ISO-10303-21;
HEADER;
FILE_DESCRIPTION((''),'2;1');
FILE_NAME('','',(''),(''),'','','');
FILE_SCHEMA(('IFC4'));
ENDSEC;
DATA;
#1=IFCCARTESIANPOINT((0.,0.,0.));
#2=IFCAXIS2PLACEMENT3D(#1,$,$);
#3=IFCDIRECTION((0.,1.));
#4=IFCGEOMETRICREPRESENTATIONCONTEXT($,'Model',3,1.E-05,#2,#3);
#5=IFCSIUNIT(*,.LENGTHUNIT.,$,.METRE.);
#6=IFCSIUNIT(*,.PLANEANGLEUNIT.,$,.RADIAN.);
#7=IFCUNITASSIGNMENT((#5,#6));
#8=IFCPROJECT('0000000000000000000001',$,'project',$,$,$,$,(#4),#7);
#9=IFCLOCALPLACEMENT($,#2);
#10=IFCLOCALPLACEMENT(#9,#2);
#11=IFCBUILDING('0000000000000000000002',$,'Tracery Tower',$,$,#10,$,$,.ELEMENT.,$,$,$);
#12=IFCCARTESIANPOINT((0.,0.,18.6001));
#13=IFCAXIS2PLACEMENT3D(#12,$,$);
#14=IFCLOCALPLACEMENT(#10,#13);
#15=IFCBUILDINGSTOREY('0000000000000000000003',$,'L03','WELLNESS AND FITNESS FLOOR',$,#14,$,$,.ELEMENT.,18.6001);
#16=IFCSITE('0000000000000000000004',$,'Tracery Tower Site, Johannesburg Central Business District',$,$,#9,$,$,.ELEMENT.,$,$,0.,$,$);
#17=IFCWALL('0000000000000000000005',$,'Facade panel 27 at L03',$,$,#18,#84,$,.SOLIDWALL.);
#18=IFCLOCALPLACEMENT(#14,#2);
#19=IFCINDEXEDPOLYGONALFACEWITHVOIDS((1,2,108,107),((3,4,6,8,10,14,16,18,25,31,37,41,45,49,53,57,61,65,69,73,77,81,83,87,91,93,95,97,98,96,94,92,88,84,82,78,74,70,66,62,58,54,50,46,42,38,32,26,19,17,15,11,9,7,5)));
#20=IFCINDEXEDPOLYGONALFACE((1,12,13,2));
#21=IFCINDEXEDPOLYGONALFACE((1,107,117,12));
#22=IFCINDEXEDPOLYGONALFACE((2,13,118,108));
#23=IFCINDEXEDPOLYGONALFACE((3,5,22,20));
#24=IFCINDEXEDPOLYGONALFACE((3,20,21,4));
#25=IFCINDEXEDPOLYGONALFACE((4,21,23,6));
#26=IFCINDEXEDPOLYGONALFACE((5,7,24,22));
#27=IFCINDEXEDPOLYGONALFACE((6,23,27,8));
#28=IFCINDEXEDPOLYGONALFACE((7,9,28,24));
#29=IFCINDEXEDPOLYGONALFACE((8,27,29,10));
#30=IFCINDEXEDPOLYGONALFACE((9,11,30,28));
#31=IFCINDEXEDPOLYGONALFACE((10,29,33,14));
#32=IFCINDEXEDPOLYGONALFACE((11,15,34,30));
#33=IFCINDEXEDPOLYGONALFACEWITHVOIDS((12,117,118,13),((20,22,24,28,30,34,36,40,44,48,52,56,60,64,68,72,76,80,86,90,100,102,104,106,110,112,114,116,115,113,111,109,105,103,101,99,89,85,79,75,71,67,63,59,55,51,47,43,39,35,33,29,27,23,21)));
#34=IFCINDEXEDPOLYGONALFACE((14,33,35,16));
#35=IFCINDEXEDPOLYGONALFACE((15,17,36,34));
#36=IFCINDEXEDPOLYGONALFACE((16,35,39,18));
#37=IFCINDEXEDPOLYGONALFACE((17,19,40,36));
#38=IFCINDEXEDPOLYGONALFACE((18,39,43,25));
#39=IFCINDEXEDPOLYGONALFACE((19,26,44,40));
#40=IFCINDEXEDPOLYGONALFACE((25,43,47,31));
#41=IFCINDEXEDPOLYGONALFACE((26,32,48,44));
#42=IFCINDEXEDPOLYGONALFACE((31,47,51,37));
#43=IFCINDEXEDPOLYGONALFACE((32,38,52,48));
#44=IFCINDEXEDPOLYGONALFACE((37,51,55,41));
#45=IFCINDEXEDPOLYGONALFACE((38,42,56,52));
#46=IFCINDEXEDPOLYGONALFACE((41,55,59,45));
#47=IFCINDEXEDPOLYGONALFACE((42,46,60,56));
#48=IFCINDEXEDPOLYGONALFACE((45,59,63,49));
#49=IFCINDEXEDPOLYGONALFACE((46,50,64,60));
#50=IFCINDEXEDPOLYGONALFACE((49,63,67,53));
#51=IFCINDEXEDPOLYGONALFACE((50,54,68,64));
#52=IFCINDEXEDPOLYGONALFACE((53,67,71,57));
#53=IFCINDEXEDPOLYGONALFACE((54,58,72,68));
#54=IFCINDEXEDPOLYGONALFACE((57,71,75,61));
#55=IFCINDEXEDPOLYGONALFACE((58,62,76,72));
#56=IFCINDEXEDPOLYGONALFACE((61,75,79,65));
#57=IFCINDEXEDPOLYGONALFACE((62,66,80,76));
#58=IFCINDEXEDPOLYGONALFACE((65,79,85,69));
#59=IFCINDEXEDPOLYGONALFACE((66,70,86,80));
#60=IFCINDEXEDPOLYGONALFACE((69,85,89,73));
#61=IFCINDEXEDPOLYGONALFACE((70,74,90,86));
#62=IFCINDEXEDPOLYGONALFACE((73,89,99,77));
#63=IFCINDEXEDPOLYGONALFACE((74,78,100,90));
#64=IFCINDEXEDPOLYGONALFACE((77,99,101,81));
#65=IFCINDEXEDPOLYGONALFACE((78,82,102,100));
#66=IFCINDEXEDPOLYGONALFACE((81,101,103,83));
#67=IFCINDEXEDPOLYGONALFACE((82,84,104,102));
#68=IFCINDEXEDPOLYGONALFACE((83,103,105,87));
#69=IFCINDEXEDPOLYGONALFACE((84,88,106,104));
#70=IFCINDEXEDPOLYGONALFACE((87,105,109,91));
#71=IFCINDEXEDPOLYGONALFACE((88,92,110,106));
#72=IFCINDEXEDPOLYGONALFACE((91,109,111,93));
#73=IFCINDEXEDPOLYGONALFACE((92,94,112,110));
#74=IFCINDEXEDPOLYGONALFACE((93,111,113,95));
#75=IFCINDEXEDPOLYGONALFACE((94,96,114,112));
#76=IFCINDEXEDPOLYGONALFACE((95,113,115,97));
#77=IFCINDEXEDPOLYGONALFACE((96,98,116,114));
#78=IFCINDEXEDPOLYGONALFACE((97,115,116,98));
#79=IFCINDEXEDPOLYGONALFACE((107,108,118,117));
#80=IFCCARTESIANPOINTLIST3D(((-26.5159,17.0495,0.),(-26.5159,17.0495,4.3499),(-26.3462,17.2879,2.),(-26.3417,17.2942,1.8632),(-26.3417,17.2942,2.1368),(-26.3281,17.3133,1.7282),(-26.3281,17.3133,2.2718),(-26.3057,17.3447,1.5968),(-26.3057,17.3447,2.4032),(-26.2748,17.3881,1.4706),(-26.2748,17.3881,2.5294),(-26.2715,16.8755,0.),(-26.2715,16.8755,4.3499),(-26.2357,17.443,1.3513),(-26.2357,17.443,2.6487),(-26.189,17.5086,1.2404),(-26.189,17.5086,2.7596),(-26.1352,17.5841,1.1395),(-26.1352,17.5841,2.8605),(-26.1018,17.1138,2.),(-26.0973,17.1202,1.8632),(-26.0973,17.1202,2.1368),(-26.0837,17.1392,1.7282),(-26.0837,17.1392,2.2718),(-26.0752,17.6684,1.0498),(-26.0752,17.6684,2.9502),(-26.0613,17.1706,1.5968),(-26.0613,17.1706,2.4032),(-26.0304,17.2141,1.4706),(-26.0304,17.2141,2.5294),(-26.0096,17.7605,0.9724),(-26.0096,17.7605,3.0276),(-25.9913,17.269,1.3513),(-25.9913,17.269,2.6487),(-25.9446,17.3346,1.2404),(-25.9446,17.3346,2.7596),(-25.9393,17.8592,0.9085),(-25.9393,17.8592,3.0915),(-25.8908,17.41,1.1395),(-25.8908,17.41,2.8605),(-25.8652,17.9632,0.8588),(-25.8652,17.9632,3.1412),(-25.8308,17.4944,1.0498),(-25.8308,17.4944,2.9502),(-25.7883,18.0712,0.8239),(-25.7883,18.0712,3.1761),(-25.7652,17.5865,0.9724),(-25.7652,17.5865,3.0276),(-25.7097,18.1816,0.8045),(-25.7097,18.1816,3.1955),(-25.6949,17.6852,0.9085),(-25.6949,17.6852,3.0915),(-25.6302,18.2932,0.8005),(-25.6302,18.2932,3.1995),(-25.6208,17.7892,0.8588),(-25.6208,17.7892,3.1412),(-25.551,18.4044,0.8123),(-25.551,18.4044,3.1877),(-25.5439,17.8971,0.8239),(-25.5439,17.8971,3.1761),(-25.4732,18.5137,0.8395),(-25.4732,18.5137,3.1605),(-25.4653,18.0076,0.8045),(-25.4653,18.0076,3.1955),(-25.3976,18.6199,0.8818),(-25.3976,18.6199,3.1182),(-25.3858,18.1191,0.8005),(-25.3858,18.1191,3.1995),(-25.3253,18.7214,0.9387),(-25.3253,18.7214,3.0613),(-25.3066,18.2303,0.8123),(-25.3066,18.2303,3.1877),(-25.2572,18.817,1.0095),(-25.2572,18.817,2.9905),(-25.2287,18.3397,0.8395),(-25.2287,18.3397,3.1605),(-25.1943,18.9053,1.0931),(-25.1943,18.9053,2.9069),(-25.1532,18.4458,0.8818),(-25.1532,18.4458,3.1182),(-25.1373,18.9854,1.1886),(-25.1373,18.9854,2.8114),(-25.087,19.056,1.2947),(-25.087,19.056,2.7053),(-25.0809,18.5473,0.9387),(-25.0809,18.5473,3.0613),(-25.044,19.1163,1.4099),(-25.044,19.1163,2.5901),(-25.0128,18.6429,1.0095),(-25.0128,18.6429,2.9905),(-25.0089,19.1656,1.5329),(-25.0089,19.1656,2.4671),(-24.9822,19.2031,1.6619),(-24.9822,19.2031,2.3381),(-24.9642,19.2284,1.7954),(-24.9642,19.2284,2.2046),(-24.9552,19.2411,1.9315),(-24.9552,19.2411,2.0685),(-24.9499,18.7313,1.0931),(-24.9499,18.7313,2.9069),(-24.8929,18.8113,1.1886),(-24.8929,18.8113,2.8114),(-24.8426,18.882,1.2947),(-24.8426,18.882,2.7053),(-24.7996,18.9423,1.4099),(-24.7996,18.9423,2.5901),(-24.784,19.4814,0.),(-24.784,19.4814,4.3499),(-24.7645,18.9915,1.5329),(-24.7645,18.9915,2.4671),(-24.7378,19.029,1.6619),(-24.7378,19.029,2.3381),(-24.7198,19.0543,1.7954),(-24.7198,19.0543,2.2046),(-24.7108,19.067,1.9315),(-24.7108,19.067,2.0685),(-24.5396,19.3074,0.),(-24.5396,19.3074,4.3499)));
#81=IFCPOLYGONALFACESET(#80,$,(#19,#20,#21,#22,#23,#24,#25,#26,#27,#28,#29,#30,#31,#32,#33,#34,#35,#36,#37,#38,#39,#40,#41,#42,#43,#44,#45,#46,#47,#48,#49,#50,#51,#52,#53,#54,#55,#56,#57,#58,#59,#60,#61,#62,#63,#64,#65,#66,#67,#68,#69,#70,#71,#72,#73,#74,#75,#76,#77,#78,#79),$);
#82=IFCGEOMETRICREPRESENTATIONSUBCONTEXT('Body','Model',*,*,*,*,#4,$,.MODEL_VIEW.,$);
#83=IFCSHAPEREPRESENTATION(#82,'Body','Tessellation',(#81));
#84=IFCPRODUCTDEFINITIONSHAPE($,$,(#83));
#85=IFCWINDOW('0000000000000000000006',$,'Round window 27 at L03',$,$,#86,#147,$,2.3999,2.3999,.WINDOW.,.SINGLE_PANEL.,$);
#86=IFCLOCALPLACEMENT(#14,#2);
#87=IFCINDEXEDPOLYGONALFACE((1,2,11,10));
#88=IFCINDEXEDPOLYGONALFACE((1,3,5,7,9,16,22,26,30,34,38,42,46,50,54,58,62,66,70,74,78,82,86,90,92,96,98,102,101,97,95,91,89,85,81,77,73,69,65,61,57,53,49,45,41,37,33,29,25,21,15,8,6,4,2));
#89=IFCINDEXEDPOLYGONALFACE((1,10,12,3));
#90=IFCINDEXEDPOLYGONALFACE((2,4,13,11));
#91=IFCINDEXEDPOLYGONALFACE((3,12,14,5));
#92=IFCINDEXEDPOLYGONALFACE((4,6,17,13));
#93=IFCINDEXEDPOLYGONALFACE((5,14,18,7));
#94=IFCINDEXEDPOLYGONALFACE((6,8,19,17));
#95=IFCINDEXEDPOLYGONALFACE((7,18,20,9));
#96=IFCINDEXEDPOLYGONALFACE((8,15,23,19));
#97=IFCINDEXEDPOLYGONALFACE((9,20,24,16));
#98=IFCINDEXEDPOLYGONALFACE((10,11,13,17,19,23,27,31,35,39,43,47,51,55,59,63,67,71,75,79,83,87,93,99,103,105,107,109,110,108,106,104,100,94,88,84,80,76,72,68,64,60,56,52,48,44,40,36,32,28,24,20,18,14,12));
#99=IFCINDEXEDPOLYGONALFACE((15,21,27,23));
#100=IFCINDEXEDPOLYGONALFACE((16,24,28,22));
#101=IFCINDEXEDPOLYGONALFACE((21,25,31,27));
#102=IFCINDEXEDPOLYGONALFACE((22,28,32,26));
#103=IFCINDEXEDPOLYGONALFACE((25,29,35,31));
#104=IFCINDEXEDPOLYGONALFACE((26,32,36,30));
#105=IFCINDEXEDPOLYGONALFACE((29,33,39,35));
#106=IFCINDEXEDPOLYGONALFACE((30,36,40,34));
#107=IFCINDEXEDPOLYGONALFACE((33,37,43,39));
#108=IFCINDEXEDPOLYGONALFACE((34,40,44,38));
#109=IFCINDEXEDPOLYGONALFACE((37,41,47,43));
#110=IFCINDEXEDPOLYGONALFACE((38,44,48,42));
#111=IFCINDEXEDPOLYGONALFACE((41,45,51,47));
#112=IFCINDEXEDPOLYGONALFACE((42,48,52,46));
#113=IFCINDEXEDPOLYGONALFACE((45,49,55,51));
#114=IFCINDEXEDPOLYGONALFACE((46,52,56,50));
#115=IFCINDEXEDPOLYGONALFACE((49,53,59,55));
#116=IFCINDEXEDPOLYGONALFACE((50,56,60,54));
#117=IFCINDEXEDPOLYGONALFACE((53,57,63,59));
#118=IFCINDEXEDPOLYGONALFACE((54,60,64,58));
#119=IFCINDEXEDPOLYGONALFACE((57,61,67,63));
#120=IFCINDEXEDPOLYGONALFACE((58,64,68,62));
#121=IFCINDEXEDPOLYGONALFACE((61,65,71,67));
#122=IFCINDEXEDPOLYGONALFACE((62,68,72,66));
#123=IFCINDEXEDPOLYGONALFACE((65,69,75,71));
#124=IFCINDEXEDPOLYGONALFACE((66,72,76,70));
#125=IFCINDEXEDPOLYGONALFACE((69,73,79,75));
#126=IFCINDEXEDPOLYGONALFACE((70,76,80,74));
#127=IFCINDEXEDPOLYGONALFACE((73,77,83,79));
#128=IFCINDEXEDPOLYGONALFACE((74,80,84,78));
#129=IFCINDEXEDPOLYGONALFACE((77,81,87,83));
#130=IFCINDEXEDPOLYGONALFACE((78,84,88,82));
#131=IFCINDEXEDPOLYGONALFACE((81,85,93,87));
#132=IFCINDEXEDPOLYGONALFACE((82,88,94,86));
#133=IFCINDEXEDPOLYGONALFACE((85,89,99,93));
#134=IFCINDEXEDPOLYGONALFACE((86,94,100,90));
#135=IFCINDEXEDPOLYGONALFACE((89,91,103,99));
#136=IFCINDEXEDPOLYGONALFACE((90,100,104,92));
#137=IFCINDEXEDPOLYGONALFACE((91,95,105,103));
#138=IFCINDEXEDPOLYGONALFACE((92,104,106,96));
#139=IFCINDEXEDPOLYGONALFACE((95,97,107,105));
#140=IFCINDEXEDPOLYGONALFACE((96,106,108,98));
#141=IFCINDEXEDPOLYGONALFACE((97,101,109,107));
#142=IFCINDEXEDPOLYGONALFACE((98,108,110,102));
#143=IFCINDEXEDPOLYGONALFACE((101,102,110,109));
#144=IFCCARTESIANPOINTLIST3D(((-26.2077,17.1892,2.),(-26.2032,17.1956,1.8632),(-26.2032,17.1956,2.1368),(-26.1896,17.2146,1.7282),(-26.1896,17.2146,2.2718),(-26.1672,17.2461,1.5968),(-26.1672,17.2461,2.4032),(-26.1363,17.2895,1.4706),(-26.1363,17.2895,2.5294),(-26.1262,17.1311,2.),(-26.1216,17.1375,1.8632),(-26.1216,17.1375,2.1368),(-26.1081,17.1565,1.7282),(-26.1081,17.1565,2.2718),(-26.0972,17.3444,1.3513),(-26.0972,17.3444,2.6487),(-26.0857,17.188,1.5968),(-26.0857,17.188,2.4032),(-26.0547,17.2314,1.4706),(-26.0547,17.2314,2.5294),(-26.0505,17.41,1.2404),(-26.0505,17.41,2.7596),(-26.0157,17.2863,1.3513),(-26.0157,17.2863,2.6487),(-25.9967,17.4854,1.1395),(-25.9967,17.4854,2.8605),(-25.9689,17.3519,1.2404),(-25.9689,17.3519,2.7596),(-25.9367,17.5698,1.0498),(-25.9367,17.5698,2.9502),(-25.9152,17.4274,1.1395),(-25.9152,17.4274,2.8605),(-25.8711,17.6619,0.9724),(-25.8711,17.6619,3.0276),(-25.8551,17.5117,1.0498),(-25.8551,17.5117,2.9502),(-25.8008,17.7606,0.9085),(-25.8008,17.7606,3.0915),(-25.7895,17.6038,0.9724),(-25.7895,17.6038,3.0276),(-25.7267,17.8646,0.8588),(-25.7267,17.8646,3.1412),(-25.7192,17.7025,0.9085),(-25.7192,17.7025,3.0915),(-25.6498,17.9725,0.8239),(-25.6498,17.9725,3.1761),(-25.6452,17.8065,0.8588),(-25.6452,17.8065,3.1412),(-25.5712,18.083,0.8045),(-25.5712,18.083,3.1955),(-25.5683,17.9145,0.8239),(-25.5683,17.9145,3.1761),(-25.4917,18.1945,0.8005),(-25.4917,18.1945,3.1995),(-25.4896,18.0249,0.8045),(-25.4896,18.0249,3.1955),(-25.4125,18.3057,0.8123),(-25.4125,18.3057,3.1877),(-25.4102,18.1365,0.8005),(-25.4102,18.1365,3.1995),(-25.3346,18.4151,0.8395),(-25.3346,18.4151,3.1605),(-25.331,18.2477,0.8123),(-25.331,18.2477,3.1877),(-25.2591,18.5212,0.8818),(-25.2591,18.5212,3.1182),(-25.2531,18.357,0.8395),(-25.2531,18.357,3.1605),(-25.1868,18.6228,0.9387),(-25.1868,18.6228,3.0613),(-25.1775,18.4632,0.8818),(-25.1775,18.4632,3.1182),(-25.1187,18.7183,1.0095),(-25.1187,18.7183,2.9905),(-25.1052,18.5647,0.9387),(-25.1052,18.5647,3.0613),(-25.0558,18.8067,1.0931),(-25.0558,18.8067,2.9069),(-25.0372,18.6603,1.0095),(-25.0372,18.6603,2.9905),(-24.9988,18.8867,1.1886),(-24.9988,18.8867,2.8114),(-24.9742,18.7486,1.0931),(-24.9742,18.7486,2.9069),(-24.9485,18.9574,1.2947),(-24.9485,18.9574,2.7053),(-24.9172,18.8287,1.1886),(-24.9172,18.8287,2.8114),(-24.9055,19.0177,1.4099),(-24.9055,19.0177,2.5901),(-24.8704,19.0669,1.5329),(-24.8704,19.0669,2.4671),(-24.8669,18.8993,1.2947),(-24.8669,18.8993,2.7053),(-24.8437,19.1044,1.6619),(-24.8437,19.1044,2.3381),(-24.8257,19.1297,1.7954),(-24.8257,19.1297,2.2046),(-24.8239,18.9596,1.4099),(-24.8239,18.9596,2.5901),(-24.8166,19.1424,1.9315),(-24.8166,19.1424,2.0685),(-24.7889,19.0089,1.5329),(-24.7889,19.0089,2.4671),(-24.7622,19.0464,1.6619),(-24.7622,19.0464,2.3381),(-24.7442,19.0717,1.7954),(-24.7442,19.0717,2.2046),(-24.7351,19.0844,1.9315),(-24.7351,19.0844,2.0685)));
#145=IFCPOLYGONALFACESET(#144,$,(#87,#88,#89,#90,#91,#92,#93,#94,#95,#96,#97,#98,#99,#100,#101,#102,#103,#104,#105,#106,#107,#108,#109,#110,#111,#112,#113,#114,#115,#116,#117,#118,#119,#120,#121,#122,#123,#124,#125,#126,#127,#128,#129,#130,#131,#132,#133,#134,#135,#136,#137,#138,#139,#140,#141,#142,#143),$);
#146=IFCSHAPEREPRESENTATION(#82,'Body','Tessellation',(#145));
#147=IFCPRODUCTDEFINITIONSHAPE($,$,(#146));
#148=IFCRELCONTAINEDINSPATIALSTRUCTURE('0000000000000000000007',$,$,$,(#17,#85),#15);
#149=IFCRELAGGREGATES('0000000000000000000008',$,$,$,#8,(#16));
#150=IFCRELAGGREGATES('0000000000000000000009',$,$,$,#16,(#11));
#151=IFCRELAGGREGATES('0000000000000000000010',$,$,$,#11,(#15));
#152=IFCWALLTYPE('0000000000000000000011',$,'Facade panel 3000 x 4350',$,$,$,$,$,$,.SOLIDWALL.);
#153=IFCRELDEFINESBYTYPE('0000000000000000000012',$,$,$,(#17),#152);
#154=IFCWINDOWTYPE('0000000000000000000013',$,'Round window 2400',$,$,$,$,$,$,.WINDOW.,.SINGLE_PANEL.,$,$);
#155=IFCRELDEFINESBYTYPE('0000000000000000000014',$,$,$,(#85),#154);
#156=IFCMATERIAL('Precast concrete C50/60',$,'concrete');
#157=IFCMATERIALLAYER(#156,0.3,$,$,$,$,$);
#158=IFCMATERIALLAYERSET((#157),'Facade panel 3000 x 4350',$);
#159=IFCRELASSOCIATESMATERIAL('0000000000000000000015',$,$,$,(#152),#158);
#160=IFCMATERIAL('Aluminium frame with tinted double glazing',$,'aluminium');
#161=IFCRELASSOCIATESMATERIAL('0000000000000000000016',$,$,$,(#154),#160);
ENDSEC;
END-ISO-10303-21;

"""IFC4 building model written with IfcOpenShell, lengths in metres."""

from ifc_helpers import new_model, si_unit, direction, frame, frame_2d, origin, origin_2d, place, context, subcontext, project, spatial, rectangle, circle, extrude, material, layer, layer_set, type_object, element, fill, save


model = new_model("IFC4")

# Units and contexts
model_context = context("Model", 3, precision=1e-05, world=origin(), true_north=direction((0.0, 1.0)))
body_context = subcontext(model_context, "Body", "Model", "MODEL_VIEW")
ifc_project = project(units=[si_unit("LENGTHUNIT", "METRE"), si_unit("PLANEANGLEUNIT", "RADIAN")], contexts=[model_context])

# Site, building, storey
site_placement = place(None, origin())
site = spatial("IfcSite", under=ifc_project, at=site_placement, Name="Tracery Tower Site, Johannesburg Central Business District", CompositionType="ELEMENT", RefElevation=0.0)
building_placement = place(site_placement, origin())
building = spatial("IfcBuilding", under=site, at=building_placement, Name="Tracery Tower", CompositionType="ELEMENT")
storey_placement = place(building_placement, frame((0.0, 0.0, 18.6001)))
storey = spatial("IfcBuildingStorey", under=building, at=storey_placement, Name="L03", Description="WELLNESS AND FITNESS FLOOR", CompositionType="ELEMENT", Elevation=18.6001)

# Wall, opening, window
ifc_material_1 = material(Name="Precast concrete C50/60", Category="concrete")
ifc_layer_1 = layer(ifc_material_1, 0.3)
ifc_layer_set_1 = layer_set([ifc_layer_1], Name="Facade panel 3000 x 4350")
wall_type_1 = type_object("IfcWallType", Name="Facade panel 3000 x 4350", PredefinedType="SOLIDWALL", material=ifc_layer_set_1)
ifc_material_2 = material(Name="Aluminium frame with tinted double glazing", Category="aluminium")
window_type = type_object("IfcWindowType", Name="Round window 2400", PartitioningType="SINGLE_PANEL", PredefinedType="WINDOW", material=ifc_material_2)
wall_1_placement = place(storey_placement, frame((-24.6619, 19.3943, 0.0), z_axis=(0.0, 0.0, 1.0), x_axis=(-0.580101, -0.814545, 0.0)))
wall_1 = element("IfcWall", 1, at=wall_1_placement, inside=storey, type_object=wall_type_1, Name="Facade panel 27 at L03", PredefinedType="SOLIDWALL", context=body_context, shape_type="SweptSolid", body=[
    extrude(rectangle(XDim=2.9856, YDim=0.3, at=frame_2d((1.4927, 0.0))), origin(), (0.0, 0.0, 1.0), 4.3499),
])
opening_1_placement = place(wall_1_placement, frame((1.4929, 0.0, 2.0)))
opening_1 = element("IfcOpeningElement", 2, at=opening_1_placement, cuts=wall_1, PredefinedType="OPENING", context=body_context, shape_type="SweptSolid", body=[
    extrude(circle(Radius=1.2, at=origin_2d()), frame((0.0, 0.1599, 0.0), z_axis=(0.0, -1.0, 0.0), x_axis=(1.0, 0.0, 0.0)), (0.0, 0.0, 1.0), 0.3201),
])
window_1_placement = place(opening_1_placement, origin())
window_1 = element("IfcWindow", 3, at=window_1_placement, inside=storey, type_object=window_type, Name="Round window 27 at L03", OverallHeight=2.3999, OverallWidth=2.3999, PartitioningType="SINGLE_PANEL", PredefinedType="WINDOW", context=body_context, shape_type="SweptSolid", body=[
    extrude(circle(Radius=1.2, at=origin_2d()), frame((0.0, 0.1201, 0.0), z_axis=(0.0, -1.0, 0.0), x_axis=(1.0, 0.0, 0.0)), (0.0, 0.0, 1.0), 0.1001),
])
fill(opening_1, window_1)

save(model, "model.ifc")
